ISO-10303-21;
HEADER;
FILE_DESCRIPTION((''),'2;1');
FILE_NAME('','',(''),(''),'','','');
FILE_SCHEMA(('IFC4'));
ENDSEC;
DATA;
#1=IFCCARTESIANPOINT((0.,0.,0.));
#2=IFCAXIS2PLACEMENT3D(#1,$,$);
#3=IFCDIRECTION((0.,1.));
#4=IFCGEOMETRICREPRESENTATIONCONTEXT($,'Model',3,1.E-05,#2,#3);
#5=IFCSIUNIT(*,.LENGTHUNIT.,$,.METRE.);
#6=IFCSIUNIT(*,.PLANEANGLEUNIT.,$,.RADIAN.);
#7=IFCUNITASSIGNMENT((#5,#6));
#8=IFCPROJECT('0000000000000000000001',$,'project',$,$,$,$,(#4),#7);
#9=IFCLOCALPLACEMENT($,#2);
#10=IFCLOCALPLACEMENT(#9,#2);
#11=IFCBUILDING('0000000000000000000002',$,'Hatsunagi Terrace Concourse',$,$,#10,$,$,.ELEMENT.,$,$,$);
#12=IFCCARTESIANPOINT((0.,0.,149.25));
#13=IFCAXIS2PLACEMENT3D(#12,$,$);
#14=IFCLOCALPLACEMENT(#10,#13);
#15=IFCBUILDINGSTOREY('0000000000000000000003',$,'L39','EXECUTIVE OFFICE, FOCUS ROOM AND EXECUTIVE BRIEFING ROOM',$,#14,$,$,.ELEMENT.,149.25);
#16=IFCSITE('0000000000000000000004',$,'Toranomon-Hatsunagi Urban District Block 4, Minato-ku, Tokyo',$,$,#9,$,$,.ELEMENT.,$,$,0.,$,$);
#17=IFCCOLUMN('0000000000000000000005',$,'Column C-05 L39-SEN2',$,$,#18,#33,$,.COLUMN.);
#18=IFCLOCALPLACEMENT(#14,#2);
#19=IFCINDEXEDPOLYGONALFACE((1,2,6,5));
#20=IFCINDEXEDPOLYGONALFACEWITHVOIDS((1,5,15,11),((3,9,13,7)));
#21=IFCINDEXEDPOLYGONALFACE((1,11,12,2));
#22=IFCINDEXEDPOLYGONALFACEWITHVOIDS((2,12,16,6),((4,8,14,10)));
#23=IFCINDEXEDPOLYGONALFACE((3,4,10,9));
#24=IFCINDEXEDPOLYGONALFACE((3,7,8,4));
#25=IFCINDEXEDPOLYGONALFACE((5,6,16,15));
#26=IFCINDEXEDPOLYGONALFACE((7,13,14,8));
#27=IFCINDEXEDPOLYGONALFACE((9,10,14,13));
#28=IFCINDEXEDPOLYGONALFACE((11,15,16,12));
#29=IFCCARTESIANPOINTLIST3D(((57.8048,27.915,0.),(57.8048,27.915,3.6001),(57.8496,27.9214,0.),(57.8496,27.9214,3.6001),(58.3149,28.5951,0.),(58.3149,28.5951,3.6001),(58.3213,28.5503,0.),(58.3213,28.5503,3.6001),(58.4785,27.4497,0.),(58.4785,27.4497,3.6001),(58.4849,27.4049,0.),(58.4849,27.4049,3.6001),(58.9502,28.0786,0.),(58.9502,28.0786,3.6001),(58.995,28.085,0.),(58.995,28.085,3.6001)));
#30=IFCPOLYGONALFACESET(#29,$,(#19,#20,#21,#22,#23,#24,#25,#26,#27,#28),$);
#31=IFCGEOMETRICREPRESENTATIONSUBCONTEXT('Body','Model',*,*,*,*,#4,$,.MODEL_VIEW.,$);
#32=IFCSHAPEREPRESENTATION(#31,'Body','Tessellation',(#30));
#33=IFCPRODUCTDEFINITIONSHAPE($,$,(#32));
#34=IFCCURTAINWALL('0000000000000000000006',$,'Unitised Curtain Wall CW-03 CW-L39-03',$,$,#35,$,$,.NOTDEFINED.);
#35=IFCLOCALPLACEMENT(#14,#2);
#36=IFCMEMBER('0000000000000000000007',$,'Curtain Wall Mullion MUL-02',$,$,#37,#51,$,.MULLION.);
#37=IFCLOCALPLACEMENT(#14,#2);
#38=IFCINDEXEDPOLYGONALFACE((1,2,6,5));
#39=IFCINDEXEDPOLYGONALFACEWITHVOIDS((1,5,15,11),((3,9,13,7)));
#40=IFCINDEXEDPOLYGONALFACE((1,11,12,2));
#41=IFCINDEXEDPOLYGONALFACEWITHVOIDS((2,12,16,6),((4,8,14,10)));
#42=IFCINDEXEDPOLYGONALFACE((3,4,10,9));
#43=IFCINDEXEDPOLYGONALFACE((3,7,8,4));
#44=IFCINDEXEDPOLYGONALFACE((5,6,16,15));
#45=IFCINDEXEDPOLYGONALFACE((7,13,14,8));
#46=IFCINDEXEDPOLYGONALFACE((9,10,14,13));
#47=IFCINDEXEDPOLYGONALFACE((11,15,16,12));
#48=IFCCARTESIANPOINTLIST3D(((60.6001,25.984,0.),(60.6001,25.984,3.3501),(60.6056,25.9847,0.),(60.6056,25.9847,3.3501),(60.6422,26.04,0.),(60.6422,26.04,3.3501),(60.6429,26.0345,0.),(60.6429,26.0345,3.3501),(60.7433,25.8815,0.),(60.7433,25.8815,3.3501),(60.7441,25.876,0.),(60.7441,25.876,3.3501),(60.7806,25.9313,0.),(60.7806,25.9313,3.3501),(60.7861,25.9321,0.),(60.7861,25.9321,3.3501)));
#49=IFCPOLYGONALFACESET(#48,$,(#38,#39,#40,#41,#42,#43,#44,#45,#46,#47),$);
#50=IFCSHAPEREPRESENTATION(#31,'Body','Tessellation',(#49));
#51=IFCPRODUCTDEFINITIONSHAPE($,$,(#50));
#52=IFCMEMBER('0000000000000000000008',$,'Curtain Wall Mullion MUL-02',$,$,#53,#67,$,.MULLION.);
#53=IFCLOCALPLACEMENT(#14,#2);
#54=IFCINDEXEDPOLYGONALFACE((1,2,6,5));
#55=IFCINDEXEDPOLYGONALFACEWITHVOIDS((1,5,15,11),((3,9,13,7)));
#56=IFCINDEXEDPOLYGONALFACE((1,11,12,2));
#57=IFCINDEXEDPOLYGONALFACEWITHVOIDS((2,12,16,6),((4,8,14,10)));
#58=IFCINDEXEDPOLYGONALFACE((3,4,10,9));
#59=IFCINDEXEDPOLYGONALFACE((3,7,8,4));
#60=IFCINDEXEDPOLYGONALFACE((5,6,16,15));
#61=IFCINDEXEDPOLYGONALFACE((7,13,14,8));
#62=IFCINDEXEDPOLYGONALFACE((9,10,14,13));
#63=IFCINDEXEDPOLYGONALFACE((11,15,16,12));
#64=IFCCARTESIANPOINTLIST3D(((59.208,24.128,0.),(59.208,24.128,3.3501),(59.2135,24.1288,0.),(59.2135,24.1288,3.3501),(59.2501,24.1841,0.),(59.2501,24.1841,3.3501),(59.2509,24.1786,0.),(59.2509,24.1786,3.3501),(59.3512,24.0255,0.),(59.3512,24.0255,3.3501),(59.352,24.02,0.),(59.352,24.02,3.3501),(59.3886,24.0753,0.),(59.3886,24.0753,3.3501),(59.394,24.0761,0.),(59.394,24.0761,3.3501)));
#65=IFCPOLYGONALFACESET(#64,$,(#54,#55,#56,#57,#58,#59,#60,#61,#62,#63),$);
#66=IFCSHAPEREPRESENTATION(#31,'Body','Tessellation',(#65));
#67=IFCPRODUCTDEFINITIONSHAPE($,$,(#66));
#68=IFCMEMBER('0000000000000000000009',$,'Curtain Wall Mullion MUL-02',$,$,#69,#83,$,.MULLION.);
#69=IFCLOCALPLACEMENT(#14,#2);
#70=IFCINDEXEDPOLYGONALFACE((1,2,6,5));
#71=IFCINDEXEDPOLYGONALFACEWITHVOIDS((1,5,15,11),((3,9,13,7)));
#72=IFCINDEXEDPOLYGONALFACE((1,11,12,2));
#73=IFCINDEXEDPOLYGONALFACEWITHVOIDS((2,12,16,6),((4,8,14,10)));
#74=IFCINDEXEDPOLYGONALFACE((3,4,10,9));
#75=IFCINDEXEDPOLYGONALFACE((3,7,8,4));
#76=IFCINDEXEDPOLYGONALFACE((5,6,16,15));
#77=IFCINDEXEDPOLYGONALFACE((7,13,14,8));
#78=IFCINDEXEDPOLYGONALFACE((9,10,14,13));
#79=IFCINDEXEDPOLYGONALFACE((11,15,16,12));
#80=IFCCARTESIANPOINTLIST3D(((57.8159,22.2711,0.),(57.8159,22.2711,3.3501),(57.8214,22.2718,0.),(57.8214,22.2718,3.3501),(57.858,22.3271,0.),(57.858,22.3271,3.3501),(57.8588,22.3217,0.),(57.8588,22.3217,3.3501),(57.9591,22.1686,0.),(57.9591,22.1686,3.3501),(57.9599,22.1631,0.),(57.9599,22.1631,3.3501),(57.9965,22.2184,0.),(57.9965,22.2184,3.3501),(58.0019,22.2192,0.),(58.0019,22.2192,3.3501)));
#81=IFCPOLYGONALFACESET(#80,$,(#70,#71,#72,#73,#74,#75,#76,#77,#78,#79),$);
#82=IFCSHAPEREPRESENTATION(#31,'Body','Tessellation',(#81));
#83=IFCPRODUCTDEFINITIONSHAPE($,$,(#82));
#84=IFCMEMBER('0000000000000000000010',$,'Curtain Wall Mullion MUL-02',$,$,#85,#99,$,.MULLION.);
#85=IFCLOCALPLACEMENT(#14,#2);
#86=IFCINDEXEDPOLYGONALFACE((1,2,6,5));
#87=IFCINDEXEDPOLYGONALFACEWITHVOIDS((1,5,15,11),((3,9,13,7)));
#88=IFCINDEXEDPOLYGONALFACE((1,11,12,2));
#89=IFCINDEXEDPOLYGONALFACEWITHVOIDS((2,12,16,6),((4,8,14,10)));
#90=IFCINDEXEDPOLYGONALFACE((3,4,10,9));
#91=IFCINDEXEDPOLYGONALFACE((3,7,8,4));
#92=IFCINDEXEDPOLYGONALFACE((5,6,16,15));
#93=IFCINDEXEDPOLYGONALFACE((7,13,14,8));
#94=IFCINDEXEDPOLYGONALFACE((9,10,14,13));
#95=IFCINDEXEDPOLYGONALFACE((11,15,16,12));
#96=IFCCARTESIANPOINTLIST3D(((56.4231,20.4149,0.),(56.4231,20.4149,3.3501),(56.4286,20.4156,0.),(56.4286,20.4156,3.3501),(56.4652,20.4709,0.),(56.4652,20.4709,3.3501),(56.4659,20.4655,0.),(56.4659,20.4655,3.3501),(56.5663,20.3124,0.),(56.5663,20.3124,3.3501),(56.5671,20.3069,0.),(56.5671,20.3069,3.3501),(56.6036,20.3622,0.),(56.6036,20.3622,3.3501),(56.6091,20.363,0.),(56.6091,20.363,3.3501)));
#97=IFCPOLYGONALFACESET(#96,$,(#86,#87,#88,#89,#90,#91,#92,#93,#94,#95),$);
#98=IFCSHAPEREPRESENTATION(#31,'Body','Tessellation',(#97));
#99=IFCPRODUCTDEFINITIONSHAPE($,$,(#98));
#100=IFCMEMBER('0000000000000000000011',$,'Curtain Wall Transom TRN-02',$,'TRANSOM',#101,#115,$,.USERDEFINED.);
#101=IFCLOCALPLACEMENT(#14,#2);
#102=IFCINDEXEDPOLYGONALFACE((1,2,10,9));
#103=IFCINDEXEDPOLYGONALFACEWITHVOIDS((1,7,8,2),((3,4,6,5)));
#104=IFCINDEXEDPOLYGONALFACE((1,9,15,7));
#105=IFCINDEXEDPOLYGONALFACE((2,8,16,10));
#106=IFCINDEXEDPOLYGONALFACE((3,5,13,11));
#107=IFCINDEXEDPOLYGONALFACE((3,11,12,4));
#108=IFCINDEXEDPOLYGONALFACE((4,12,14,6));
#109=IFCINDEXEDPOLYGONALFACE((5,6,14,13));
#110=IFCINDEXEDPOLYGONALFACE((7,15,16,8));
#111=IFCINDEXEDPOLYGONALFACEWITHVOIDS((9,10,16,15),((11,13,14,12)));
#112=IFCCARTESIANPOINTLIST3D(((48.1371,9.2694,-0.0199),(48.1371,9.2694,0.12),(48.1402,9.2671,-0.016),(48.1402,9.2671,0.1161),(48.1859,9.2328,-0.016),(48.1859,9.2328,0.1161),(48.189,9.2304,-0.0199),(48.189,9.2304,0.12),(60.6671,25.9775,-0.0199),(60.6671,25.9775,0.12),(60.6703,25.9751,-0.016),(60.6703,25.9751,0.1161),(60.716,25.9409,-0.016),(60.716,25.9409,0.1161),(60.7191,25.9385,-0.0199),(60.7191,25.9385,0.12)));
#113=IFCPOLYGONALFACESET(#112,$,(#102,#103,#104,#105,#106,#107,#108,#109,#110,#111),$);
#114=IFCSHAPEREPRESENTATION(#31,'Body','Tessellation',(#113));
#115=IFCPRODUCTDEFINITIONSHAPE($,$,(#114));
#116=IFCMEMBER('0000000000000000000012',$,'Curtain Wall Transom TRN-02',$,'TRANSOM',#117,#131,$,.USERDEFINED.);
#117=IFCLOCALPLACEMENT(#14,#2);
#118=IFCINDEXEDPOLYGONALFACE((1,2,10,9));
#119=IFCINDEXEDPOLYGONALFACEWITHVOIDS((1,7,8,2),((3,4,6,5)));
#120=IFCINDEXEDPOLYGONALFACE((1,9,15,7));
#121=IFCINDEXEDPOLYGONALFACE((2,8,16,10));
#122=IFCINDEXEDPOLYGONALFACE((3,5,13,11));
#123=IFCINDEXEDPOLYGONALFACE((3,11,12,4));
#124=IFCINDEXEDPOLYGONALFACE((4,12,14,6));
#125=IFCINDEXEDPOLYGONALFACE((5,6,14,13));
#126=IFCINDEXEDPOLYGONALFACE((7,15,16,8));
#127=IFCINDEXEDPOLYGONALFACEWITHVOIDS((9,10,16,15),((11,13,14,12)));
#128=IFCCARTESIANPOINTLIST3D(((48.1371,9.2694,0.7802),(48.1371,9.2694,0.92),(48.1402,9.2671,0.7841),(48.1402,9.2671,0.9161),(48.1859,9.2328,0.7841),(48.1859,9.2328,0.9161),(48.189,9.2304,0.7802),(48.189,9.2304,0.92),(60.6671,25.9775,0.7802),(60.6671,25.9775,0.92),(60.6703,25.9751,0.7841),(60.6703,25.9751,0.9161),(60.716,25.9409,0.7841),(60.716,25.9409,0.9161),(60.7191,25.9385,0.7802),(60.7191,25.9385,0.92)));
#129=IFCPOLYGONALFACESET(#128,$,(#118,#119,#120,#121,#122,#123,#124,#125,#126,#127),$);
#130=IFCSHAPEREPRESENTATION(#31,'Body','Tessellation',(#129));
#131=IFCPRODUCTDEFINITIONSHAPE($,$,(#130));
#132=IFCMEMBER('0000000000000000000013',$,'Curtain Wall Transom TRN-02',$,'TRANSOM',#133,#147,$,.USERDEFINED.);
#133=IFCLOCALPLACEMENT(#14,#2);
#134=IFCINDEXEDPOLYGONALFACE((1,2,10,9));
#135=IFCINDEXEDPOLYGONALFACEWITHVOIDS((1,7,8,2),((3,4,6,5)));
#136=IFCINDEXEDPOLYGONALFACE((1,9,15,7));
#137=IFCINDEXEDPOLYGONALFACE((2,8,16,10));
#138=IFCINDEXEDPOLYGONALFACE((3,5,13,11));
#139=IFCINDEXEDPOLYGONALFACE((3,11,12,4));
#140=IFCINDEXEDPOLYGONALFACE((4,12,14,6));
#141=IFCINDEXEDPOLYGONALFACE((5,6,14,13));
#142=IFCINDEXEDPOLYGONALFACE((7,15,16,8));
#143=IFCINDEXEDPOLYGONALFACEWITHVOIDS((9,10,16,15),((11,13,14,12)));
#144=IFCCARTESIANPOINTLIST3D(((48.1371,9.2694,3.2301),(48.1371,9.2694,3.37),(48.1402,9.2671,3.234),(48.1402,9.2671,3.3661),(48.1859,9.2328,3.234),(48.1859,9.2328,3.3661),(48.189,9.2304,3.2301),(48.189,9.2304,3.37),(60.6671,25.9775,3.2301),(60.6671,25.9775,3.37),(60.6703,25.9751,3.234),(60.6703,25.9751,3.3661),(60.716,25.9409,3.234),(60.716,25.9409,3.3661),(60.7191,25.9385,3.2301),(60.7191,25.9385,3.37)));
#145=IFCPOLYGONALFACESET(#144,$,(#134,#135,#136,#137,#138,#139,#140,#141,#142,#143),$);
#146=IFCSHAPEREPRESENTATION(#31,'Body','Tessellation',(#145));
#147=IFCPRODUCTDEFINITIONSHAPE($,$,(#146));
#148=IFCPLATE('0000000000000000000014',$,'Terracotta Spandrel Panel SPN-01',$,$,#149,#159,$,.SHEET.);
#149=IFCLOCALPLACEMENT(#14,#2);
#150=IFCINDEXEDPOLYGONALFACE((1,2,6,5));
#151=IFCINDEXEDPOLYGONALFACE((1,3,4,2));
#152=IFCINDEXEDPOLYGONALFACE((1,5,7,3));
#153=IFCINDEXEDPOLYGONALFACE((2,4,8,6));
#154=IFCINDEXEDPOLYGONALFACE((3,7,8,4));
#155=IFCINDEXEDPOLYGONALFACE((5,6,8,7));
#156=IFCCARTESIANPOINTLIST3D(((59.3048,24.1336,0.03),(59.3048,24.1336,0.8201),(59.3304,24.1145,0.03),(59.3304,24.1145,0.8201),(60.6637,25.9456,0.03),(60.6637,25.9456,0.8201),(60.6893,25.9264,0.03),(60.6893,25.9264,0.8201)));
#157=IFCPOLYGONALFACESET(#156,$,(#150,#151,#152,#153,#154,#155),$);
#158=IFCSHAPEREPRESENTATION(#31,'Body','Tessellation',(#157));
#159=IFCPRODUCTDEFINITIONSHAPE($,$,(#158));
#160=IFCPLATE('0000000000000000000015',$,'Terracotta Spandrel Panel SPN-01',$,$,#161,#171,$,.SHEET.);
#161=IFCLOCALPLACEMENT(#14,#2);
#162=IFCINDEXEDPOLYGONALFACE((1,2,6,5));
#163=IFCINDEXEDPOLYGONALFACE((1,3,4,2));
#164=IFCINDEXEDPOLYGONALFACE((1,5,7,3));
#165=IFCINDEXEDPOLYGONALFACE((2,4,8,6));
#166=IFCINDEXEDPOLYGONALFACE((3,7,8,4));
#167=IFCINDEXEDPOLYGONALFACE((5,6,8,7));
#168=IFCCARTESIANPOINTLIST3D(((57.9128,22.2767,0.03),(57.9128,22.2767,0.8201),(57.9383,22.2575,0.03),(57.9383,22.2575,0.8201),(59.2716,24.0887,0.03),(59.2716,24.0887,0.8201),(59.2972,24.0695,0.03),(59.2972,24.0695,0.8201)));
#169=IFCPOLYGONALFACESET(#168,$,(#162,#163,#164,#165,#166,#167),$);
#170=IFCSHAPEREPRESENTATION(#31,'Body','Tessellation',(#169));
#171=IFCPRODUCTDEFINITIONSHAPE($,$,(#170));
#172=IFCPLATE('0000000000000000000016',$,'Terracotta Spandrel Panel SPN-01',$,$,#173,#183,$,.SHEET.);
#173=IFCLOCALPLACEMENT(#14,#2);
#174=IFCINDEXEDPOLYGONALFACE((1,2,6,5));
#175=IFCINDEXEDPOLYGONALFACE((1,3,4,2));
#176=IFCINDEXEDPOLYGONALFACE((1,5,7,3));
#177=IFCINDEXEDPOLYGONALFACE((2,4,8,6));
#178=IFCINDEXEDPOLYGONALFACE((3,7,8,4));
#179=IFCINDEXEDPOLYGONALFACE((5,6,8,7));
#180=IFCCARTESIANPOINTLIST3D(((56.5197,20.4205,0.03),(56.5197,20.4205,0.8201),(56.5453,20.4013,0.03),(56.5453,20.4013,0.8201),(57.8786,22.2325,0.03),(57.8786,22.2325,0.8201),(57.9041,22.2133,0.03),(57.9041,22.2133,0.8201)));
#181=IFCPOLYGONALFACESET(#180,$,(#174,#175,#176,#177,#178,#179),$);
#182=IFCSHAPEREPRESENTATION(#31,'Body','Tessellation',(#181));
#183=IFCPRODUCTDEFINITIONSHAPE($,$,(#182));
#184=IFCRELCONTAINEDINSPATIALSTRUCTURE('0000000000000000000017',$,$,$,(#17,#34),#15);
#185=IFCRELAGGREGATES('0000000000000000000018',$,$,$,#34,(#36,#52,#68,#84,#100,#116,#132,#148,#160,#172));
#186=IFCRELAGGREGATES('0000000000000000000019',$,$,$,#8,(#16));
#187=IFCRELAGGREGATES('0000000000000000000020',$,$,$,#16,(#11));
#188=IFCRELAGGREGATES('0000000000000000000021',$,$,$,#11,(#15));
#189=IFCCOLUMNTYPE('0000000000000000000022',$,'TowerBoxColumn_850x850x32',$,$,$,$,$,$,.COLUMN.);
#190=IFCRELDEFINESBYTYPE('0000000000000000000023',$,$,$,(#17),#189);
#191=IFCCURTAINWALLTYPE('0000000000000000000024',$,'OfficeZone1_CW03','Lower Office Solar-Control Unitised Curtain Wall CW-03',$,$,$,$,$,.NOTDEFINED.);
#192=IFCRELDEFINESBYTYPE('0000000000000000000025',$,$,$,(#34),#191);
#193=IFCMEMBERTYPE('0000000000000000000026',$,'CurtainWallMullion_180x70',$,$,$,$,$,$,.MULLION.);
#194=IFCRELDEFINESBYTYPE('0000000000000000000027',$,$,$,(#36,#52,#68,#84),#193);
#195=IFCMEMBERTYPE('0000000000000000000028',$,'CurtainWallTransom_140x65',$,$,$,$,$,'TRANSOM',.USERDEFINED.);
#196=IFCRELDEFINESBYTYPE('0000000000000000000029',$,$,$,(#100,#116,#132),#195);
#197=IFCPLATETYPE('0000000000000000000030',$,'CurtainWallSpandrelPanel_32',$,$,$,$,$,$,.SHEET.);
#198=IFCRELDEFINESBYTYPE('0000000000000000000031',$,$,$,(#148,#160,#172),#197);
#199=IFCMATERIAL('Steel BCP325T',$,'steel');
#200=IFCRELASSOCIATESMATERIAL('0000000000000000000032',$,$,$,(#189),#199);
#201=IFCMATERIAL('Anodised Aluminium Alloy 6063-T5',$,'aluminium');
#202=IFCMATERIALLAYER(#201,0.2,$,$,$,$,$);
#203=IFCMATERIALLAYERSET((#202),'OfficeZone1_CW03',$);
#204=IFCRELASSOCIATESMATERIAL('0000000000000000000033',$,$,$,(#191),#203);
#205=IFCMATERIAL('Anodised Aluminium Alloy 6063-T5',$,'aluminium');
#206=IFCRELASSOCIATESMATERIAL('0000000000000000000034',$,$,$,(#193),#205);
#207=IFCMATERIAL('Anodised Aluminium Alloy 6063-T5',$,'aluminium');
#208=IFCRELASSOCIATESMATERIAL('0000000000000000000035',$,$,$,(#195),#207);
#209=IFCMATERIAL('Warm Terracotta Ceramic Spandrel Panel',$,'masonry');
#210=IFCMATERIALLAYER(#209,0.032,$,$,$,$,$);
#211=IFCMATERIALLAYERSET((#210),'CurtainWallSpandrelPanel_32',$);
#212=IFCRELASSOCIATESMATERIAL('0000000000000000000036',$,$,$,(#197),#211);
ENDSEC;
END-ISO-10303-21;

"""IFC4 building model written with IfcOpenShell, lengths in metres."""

from ifc_helpers import new_model, si_unit, direction, frame, origin, origin_2d, place, context, subcontext, project, spatial, rectangle, hollow_rectangle, extrude, material, layer, layer_set, material_profile, profile_set, type_object, element, aggregate, save


model = new_model("IFC4")

# Units and contexts
model_context = context("Model", 3, precision=1e-05, world=origin(), true_north=direction((0.0, 1.0)))
body_context = subcontext(model_context, "Body", "Model", "MODEL_VIEW")
ifc_project = project(units=[si_unit("LENGTHUNIT", "METRE"), si_unit("PLANEANGLEUNIT", "RADIAN")], contexts=[model_context])

# Site, building, storey
site_placement = place(None, origin())
site = spatial("IfcSite", under=ifc_project, at=site_placement, Name="Toranomon-Hatsunagi Urban District Block 4, Minato-ku, Tokyo", CompositionType="ELEMENT", RefElevation=0.0)
building_placement = place(site_placement, origin())
building = spatial("IfcBuilding", under=site, at=building_placement, Name="Hatsunagi Terrace Concourse", CompositionType="ELEMENT")
storey_placement = place(building_placement, frame((0.0, 0.0, 149.25)))
storey = spatial("IfcBuildingStorey", under=building, at=storey_placement, Name="L39", Description="EXECUTIVE OFFICE, FOCUS ROOM AND EXECUTIVE BRIEFING ROOM", CompositionType="ELEMENT", Elevation=149.25)

# Column
ifc_material_1 = material(Name="Steel BCP325T", Category="steel")
ifc_material_profile_1 = material_profile(ifc_material_1, hollow_rectangle(XDim=0.8501, YDim=0.8501, WallThickness=0.032, at=origin_2d()), Name="BCP-850x850x32")
ifc_profile_set_1 = profile_set([ifc_material_profile_1], Name="Steel BCP325T")
column_type = type_object("IfcColumnType", Name="TowerBoxColumn_850x850x32", PredefinedType="COLUMN", material=ifc_profile_set_1)
column_placement = place(storey_placement, frame((58.3999, 28.0, 0.0), z_axis=(0.0, 0.0, 1.0), x_axis=(0.8, -0.6, 0.0)))
element("IfcColumn", 1, at=column_placement, inside=storey, type_object=column_type, Name="Column C-05 L39-SEN2", PredefinedType="COLUMN", context=body_context, shape_type="SweptSolid", body=[
    extrude(hollow_rectangle(XDim=0.8501, YDim=0.8501, WallThickness=0.032, at=origin_2d()), origin(), (0.0, 0.0, 1.0), 3.6001),
])

# Curtain wall, members, plates
ifc_material_2 = material(Name="Anodised Aluminium Alloy 6063-T5", Category="aluminium")
ifc_layer_1 = layer(ifc_material_2, 0.2)
ifc_layer_set_1 = layer_set([ifc_layer_1], Name="OfficeZone1_CW03")
curtain_wall_type = type_object("IfcCurtainWallType", Name="OfficeZone1_CW03", Description="Lower Office Solar-Control Unitised Curtain Wall CW-03", PredefinedType="NOTDEFINED", material=ifc_layer_set_1)
curtain_wall_placement = place(storey_placement, origin())
curtain_wall = element("IfcCurtainWall", 2, at=curtain_wall_placement, inside=storey, type_object=curtain_wall_type, Name="Unitised Curtain Wall CW-03 CW-L39-03", PredefinedType="NOTDEFINED")
ifc_material_3 = material(Name="Anodised Aluminium Alloy 6063-T5", Category="aluminium")
ifc_material_profile_2 = material_profile(ifc_material_3, hollow_rectangle(XDim=0.0701, YDim=0.1799, WallThickness=0.0039, at=origin_2d()), Name="ALU-MUL-180x70x4")
ifc_profile_set_2 = profile_set([ifc_material_profile_2], Name="Anodised Aluminium Alloy 6063-T5")
member_type_1 = type_object("IfcMemberType", Name="CurtainWallMullion_180x70", PredefinedType="MULLION", material=ifc_profile_set_2)
member_1_placement = place(storey_placement, frame((60.6931, 25.958, 0.0), z_axis=(0.0, 0.0, 1.0), x_axis=(-0.599969, -0.800023, 0.0)))
member_1 = element("IfcMember", 3, at=member_1_placement, type_object=member_type_1, Name="Curtain Wall Mullion MUL-02", PredefinedType="MULLION", context=body_context, shape_type="SweptSolid", body=[
    extrude(hollow_rectangle(XDim=0.0701, YDim=0.1799, WallThickness=0.0039, at=origin_2d()), origin(), (0.0, 0.0, 1.0), 3.3501),
])
member_2_placement = place(storey_placement, frame((59.301, 24.1021, 0.0), z_axis=(0.0, 0.0, 1.0), x_axis=(-0.599969, -0.800023, 0.0)))
member_2 = element("IfcMember", 4, at=member_2_placement, type_object=member_type_1, Name="Curtain Wall Mullion MUL-02", PredefinedType="MULLION", context=body_context, shape_type="SweptSolid", body=[
    extrude(hollow_rectangle(XDim=0.0701, YDim=0.1799, WallThickness=0.0039, at=origin_2d()), origin(), (0.0, 0.0, 1.0), 3.3501),
])
member_3_placement = place(storey_placement, frame((57.9089, 22.2451, 0.0), z_axis=(0.0, 0.0, 1.0), x_axis=(-0.599969, -0.800023, 0.0)))
member_3 = element("IfcMember", 5, at=member_3_placement, type_object=member_type_1, Name="Curtain Wall Mullion MUL-02", PredefinedType="MULLION", context=body_context, shape_type="SweptSolid", body=[
    extrude(hollow_rectangle(XDim=0.0701, YDim=0.1799, WallThickness=0.0039, at=origin_2d()), origin(), (0.0, 0.0, 1.0), 3.3501),
])
member_4_placement = place(storey_placement, frame((56.5161, 20.3889, 0.0), z_axis=(0.0, 0.0, 1.0), x_axis=(-0.599969, -0.800023, 0.0)))
member_4 = element("IfcMember", 6, at=member_4_placement, type_object=member_type_1, Name="Curtain Wall Mullion MUL-02", PredefinedType="MULLION", context=body_context, shape_type="SweptSolid", body=[
    extrude(hollow_rectangle(XDim=0.0701, YDim=0.1799, WallThickness=0.0039, at=origin_2d()), origin(), (0.0, 0.0, 1.0), 3.3501),
])
ifc_material_4 = material(Name="Anodised Aluminium Alloy 6063-T5", Category="aluminium")
ifc_material_profile_3 = material_profile(ifc_material_4, hollow_rectangle(XDim=0.0649, YDim=0.1399, WallThickness=0.0039, at=origin_2d()), Name="ALU-TRN-140x65x4")
ifc_profile_set_3 = profile_set([ifc_material_profile_3], Name="Anodised Aluminium Alloy 6063-T5")
member_type_2 = type_object("IfcMemberType", Name="CurtainWallTransom_140x65", ElementType="TRANSOM", PredefinedType="USERDEFINED", material=ifc_profile_set_3)
member_5_placement = place(storey_placement, frame((60.6931, 25.958, 0.05), z_axis=(-0.59997, -0.800022, 0.0), x_axis=(0.800022, -0.59997, 0.0)))
member_5 = element("IfcMember", 7, at=member_5_placement, type_object=member_type_2, Name="Curtain Wall Transom TRN-02", ObjectType="TRANSOM", PredefinedType="USERDEFINED", context=body_context, shape_type="SweptSolid", body=[
    extrude(hollow_rectangle(XDim=0.0649, YDim=0.1399, WallThickness=0.0039, at=origin_2d()), origin(), (0.0, 0.0, 1.0), 20.8845),
])
member_6_placement = place(storey_placement, frame((60.6931, 25.958, 0.8501), z_axis=(-0.59997, -0.800022, 0.0), x_axis=(0.800022, -0.59997, 0.0)))
member_6 = element("IfcMember", 8, at=member_6_placement, type_object=member_type_2, Name="Curtain Wall Transom TRN-02", ObjectType="TRANSOM", PredefinedType="USERDEFINED", context=body_context, shape_type="SweptSolid", body=[
    extrude(hollow_rectangle(XDim=0.0649, YDim=0.1399, WallThickness=0.0039, at=origin_2d()), origin(), (0.0, 0.0, 1.0), 20.8845),
])
member_7_placement = place(storey_placement, frame((60.6931, 25.958, 3.3), z_axis=(-0.59997, -0.800022, 0.0), x_axis=(0.800022, -0.59997, 0.0)))
member_7 = element("IfcMember", 9, at=member_7_placement, type_object=member_type_2, Name="Curtain Wall Transom TRN-02", ObjectType="TRANSOM", PredefinedType="USERDEFINED", context=body_context, shape_type="SweptSolid", body=[
    extrude(hollow_rectangle(XDim=0.0649, YDim=0.1399, WallThickness=0.0039, at=origin_2d()), origin(), (0.0, 0.0, 1.0), 20.8845),
])
ifc_material_5 = material(Name="Warm Terracotta Ceramic Spandrel Panel", Category="masonry")
ifc_layer_2 = layer(ifc_material_5, 0.032)
ifc_layer_set_2 = layer_set([ifc_layer_2], Name="CurtainWallSpandrelPanel_32")
plate_type_1 = type_object("IfcPlateType", Name="CurtainWallSpandrelPanel_32", PredefinedType="SHEET", material=ifc_layer_set_2)
plate_1_placement = place(storey_placement, frame((59.9971, 25.03, 0.03), z_axis=(0.0, 0.0, 1.0), x_axis=(-0.599969, -0.800023, 0.0)))
plate_1 = element("IfcPlate", 10, at=plate_1_placement, type_object=plate_type_1, Name="Terracotta Spandrel Panel SPN-01", PredefinedType="SHEET", context=body_context, shape_type="SweptSolid", body=[
    extrude(rectangle(XDim=2.2649, YDim=0.032, at=origin_2d()), origin(), (0.0, 0.0, 1.0), 0.79),
])
plate_2_placement = place(storey_placement, frame((58.605, 23.1731, 0.03), z_axis=(0.0, 0.0, 1.0), x_axis=(-0.599969, -0.800023, 0.0)))
plate_2 = element("IfcPlate", 11, at=plate_2_placement, type_object=plate_type_1, Name="Terracotta Spandrel Panel SPN-01", PredefinedType="SHEET", context=body_context, shape_type="SweptSolid", body=[
    extrude(rectangle(XDim=2.2649, YDim=0.032, at=origin_2d()), origin(), (0.0, 0.0, 1.0), 0.79),
])
plate_3_placement = place(storey_placement, frame((57.2119, 21.3169, 0.03), z_axis=(0.0, 0.0, 1.0), x_axis=(-0.599969, -0.800023, 0.0)))
plate_3 = element("IfcPlate", 12, at=plate_3_placement, type_object=plate_type_1, Name="Terracotta Spandrel Panel SPN-01", PredefinedType="SHEET", context=body_context, shape_type="SweptSolid", body=[
    extrude(rectangle(XDim=2.2649, YDim=0.032, at=origin_2d()), origin(), (0.0, 0.0, 1.0), 0.79),
])
aggregate(curtain_wall, [member_1, member_2, member_3, member_4, member_5, member_6, member_7, plate_1, plate_2, plate_3])

save(model, "model.ifc")
